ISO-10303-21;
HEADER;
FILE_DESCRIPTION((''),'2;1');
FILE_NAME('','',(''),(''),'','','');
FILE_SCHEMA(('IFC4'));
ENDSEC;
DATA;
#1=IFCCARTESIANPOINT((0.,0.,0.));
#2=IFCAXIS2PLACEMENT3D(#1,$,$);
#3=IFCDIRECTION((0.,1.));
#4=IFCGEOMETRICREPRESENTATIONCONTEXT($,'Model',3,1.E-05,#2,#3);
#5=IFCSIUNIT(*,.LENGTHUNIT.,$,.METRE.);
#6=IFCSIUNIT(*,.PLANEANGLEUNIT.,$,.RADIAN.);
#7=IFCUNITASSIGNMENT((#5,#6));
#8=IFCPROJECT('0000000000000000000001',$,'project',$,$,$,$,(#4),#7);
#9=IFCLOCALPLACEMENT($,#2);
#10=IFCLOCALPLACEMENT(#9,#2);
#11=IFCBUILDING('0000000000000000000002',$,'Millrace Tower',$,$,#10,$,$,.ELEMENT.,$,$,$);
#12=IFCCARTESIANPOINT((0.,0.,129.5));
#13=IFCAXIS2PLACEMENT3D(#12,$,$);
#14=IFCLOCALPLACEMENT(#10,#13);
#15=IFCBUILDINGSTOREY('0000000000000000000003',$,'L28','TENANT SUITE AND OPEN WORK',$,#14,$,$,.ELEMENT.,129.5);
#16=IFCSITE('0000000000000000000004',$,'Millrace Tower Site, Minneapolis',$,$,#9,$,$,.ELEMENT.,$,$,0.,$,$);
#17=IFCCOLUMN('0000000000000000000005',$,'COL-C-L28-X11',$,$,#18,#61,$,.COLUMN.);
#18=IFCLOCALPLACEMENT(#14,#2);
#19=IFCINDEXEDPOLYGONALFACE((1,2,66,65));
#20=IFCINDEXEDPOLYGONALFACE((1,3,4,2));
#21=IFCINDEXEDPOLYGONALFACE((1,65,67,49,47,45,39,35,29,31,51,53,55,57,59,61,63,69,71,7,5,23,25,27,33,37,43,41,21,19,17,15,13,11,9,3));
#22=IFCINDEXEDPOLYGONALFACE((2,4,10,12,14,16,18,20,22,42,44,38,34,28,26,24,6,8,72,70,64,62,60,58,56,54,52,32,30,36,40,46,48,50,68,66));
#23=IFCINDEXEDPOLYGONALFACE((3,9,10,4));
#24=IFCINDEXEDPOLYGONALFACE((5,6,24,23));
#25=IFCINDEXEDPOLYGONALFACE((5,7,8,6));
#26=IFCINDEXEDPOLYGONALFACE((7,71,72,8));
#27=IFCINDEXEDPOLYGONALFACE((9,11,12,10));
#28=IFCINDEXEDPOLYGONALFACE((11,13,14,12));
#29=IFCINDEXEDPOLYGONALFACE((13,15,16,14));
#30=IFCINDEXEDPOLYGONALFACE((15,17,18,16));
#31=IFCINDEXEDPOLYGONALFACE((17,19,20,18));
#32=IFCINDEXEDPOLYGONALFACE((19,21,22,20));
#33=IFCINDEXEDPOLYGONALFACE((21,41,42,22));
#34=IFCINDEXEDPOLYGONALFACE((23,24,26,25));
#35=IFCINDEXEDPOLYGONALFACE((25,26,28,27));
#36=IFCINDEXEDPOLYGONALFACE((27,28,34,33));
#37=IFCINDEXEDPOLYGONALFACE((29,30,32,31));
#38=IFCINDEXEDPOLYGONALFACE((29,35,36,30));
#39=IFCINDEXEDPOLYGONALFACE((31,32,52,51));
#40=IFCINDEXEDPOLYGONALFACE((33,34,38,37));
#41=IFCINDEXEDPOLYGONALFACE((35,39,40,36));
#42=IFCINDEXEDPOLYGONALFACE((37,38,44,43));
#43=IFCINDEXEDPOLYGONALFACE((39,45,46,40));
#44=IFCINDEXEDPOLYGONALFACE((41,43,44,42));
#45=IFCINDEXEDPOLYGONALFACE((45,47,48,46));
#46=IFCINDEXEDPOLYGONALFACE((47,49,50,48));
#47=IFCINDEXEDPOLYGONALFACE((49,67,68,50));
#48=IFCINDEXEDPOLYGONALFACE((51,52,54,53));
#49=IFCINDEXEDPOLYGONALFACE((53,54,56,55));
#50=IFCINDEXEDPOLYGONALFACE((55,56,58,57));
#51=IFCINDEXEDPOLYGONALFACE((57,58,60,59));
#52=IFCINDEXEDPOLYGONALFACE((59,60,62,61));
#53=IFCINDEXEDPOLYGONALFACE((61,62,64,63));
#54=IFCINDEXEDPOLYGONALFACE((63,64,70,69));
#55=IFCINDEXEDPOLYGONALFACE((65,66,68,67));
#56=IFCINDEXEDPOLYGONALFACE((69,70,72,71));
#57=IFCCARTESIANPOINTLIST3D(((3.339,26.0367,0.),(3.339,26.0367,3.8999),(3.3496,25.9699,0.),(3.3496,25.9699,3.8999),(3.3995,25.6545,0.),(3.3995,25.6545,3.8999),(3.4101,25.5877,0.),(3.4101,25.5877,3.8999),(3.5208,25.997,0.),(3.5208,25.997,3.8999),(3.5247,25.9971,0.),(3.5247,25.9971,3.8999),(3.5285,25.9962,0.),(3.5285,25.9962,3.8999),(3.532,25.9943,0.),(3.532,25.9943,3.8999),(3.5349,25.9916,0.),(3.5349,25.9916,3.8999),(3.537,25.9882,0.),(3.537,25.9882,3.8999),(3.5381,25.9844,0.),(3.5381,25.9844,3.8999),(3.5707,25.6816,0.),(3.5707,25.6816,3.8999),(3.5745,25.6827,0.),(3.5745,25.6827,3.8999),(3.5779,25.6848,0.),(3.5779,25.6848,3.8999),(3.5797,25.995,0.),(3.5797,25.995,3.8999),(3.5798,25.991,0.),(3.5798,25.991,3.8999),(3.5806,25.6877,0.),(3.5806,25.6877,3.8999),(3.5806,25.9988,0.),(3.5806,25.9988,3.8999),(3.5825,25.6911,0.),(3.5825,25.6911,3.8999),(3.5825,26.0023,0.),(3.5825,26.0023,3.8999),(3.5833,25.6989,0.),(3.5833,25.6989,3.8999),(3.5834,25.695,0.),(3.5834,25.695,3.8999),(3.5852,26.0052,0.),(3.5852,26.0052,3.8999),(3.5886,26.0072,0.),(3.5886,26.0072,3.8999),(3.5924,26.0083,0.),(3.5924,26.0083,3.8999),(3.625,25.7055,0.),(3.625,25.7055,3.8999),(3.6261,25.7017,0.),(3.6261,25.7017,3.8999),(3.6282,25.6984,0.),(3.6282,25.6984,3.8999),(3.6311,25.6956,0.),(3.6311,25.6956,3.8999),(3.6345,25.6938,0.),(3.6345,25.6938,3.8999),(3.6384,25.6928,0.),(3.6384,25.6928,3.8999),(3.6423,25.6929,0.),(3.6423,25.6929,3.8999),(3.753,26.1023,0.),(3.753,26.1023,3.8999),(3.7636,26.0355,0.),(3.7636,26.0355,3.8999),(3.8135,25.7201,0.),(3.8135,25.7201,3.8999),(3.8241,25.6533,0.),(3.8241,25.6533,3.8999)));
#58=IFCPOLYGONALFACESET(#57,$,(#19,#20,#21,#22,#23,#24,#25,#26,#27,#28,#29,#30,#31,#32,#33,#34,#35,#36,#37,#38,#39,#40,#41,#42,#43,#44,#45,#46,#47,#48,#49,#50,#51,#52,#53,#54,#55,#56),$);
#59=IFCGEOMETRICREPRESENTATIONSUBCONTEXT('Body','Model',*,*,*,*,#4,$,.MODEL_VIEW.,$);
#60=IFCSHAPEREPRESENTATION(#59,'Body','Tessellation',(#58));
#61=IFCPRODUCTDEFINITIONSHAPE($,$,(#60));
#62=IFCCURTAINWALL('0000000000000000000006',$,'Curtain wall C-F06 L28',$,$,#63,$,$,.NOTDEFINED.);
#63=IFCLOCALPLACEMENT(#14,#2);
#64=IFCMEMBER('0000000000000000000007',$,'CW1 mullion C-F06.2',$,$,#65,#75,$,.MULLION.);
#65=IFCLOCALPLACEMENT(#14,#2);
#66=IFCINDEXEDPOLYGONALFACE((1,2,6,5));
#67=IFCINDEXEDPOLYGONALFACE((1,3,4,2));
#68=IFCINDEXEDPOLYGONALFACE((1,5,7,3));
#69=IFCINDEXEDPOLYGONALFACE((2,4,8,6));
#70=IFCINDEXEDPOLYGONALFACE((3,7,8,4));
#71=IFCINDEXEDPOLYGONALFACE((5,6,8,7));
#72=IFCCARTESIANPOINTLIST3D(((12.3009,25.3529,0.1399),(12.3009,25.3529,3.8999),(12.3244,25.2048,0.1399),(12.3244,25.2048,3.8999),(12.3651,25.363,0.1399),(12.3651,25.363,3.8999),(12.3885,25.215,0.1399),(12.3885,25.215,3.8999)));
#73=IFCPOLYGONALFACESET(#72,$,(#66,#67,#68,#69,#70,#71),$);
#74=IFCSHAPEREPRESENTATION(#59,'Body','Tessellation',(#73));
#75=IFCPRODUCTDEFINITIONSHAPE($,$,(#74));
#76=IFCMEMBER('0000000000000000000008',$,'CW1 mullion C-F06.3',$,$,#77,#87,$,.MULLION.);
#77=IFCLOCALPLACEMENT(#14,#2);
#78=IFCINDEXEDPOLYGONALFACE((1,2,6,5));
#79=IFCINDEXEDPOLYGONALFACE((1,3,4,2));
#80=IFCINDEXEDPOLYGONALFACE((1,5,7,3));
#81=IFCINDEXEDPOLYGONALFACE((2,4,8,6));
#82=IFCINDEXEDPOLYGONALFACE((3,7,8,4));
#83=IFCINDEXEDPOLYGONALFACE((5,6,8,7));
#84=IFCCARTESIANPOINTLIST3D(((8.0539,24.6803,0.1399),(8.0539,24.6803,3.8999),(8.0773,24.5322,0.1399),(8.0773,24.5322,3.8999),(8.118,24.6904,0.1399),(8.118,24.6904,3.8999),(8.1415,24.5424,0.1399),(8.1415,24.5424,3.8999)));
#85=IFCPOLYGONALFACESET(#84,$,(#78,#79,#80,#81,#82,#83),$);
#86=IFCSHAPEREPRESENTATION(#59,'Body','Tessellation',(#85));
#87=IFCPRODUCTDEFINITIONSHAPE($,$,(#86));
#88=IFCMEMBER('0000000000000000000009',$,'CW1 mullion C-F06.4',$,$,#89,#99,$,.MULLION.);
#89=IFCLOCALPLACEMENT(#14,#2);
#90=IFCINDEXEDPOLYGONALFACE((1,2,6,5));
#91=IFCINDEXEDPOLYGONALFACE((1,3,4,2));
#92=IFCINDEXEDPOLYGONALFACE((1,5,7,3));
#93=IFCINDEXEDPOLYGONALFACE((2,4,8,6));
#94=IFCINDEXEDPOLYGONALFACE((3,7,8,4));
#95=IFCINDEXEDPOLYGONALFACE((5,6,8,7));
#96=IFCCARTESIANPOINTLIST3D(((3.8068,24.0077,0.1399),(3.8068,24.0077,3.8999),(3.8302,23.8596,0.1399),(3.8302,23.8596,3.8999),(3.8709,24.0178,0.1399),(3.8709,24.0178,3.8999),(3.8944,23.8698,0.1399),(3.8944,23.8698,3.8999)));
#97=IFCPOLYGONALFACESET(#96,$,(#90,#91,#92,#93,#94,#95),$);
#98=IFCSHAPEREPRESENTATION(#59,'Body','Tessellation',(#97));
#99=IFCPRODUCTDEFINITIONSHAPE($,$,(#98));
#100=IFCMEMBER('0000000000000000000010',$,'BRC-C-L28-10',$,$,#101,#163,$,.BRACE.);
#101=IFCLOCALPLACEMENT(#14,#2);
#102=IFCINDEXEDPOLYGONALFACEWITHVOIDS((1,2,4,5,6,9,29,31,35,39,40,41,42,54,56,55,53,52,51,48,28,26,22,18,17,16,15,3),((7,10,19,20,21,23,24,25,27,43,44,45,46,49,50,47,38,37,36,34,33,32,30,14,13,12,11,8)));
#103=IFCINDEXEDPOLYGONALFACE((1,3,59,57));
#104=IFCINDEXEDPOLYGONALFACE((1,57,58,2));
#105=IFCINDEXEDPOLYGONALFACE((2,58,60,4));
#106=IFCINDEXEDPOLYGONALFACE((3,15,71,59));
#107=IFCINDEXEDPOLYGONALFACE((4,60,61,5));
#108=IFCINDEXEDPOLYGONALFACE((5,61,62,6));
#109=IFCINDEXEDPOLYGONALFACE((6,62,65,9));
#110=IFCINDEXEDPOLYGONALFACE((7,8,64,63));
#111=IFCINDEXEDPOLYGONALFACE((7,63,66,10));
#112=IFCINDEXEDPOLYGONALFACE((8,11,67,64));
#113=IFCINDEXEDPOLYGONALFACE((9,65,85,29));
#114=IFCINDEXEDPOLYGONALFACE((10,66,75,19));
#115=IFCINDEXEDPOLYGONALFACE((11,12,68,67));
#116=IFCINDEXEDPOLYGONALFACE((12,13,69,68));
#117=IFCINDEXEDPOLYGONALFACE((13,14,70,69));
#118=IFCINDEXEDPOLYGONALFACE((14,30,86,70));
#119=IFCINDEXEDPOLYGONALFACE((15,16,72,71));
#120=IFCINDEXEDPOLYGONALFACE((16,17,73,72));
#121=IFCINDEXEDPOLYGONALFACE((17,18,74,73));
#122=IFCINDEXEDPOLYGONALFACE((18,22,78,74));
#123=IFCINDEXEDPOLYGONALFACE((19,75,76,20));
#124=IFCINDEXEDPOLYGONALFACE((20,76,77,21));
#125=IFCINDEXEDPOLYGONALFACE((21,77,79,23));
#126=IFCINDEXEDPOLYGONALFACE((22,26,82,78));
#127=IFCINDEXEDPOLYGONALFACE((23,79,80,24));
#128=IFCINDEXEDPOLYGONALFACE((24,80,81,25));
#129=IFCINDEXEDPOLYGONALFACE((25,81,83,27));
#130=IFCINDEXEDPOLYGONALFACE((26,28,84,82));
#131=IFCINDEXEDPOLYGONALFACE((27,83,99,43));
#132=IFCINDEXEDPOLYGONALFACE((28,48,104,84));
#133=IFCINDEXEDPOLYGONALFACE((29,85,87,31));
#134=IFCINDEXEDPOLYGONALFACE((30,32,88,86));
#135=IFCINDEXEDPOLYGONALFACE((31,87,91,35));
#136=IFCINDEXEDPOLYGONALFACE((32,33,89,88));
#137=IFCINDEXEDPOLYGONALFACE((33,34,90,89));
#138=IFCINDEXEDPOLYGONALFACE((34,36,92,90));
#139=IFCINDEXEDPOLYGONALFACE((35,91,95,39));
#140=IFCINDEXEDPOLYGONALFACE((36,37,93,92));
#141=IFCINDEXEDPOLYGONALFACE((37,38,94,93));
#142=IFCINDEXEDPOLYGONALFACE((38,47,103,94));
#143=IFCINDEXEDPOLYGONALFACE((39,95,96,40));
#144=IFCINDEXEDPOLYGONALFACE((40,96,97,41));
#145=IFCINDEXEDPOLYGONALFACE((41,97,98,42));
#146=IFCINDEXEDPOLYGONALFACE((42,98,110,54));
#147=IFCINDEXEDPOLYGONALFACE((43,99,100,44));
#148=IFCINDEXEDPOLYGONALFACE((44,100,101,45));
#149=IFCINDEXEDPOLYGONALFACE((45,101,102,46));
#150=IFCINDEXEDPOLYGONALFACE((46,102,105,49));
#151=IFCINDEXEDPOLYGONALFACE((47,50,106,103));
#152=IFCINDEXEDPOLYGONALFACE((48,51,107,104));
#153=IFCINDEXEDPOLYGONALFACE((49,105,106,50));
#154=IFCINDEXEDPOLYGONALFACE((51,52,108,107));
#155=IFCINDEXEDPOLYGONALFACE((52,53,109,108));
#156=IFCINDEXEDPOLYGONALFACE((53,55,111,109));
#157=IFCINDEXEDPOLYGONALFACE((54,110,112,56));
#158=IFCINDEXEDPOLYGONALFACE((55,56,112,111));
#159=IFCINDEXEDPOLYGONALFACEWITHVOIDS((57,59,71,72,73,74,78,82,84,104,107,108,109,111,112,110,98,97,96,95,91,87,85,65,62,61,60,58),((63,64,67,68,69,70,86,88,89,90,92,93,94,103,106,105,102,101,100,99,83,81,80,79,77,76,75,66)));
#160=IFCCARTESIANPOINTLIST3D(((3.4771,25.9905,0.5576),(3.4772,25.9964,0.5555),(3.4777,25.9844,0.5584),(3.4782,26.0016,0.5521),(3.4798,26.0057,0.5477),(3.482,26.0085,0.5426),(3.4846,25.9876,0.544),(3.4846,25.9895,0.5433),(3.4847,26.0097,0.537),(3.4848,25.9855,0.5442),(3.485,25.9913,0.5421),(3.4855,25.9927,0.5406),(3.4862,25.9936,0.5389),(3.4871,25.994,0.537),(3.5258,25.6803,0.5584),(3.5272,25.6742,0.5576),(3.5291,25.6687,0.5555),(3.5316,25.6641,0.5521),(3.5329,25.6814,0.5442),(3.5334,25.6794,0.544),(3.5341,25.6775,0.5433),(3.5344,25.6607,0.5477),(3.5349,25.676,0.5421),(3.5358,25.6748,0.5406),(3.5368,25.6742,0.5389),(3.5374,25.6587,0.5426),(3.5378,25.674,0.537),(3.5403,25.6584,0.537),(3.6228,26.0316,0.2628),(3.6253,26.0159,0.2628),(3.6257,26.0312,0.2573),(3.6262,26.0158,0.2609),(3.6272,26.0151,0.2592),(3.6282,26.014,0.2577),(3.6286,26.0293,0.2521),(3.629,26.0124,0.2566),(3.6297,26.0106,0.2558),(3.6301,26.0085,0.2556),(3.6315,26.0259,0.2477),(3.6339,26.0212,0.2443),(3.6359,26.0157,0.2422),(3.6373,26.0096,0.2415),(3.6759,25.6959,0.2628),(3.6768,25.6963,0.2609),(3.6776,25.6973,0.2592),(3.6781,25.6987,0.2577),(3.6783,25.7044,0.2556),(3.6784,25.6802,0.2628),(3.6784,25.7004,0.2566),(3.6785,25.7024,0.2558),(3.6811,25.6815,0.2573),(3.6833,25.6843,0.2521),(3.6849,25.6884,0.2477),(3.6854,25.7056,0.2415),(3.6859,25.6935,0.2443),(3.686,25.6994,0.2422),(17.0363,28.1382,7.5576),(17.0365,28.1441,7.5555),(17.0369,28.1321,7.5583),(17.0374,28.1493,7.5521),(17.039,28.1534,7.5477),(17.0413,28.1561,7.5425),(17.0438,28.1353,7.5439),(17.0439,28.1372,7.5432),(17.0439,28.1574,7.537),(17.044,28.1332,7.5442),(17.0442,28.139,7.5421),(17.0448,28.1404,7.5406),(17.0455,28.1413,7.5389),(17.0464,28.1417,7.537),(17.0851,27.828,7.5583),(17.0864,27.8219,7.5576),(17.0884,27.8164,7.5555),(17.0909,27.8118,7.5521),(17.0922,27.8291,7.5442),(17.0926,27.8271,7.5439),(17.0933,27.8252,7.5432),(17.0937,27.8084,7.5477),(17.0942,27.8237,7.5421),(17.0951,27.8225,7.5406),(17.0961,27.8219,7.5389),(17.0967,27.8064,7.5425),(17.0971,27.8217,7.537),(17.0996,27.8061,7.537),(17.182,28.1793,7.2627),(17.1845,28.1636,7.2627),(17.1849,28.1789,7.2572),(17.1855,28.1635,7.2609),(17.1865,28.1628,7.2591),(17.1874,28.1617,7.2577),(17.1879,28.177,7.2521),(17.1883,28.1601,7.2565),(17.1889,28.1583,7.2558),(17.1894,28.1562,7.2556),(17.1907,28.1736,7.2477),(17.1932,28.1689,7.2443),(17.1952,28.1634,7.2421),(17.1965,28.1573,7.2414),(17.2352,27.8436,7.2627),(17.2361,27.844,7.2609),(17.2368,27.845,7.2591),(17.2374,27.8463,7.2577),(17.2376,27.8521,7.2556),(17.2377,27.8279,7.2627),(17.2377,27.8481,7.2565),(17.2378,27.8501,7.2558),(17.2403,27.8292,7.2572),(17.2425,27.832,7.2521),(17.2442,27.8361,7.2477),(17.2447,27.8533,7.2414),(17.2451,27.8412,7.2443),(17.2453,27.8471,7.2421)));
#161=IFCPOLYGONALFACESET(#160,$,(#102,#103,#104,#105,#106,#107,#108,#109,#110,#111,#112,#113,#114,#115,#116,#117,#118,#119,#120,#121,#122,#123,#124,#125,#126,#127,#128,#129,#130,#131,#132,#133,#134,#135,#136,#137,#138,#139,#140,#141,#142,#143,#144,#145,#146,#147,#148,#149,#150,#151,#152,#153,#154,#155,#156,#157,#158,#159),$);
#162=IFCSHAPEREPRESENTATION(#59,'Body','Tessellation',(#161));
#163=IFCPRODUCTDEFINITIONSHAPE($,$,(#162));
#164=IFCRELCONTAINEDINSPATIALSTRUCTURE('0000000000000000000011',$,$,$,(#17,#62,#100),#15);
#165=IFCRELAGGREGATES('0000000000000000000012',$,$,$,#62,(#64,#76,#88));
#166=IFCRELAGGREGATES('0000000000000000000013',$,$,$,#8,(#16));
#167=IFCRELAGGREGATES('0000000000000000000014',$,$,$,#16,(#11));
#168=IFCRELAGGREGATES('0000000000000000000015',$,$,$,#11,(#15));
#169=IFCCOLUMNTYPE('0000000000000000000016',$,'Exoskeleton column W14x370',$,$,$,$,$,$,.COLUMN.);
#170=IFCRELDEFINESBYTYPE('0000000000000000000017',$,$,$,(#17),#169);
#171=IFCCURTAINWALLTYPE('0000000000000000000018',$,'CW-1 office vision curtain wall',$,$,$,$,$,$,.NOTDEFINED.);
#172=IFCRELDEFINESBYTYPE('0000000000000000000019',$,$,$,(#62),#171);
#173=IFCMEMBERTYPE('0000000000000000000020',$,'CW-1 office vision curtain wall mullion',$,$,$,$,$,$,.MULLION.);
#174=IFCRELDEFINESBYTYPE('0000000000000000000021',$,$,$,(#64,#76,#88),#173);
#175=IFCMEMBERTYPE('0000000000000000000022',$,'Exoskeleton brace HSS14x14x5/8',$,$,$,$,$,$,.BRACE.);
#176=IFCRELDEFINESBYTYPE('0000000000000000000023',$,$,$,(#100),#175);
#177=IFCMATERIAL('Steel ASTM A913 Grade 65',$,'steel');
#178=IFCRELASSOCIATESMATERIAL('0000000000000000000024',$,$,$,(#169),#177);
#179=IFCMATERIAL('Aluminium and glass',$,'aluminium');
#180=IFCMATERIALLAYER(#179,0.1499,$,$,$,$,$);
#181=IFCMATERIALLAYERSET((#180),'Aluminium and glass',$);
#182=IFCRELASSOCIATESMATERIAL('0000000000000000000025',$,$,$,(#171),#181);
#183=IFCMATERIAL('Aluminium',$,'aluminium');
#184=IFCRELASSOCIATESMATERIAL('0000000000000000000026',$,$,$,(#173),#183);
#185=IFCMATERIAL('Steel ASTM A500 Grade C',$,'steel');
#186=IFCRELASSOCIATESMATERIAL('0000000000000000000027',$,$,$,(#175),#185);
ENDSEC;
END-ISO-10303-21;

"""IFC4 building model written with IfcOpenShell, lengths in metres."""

from ifc_helpers import new_model, si_unit, direction, frame, origin, origin_2d, place, context, subcontext, project, spatial, rectangle, hollow_rectangle, i_section, extrude, material, layer, layer_set, material_profile, profile_set, type_object, element, aggregate, save


model = new_model("IFC4")

# Units and contexts
model_context = context("Model", 3, precision=1e-05, world=origin(), true_north=direction((0.0, 1.0)))
body_context = subcontext(model_context, "Body", "Model", "MODEL_VIEW")
ifc_project = project(units=[si_unit("LENGTHUNIT", "METRE"), si_unit("PLANEANGLEUNIT", "RADIAN")], contexts=[model_context])

# Site, building, storey
site_placement = place(None, origin())
site = spatial("IfcSite", under=ifc_project, at=site_placement, Name="Millrace Tower Site, Minneapolis", CompositionType="ELEMENT", RefElevation=0.0)
building_placement = place(site_placement, origin())
building = spatial("IfcBuilding", under=site, at=building_placement, Name="Millrace Tower", CompositionType="ELEMENT")
storey_placement = place(building_placement, frame((0.0, 0.0, 129.5)))
storey = spatial("IfcBuildingStorey", under=building, at=storey_placement, Name="L28", Description="TENANT SUITE AND OPEN WORK", CompositionType="ELEMENT", Elevation=129.5)

# Column
ifc_material_1 = material(Name="Steel ASTM A913 Grade 65", Category="steel")
ifc_material_profile_1 = material_profile(ifc_material_1, i_section(OverallWidth=0.4192, OverallDepth=0.4546, WebThickness=0.0422, FlangeThickness=0.0676, FilletRadius=0.0151, at=origin_2d()))
ifc_profile_set_1 = profile_set([ifc_material_profile_1], Name="Steel ASTM A913 Grade 65")
column_type = type_object("IfcColumnType", Name="Exoskeleton column W14x370", PredefinedType="COLUMN", material=ifc_profile_set_1)
column_placement = place(storey_placement, frame((3.5815, 25.845, 0.0), z_axis=(0.0, 0.0, 1.0), x_axis=(-0.987688, -0.156434, 0.0)))
element("IfcColumn", 1, at=column_placement, inside=storey, type_object=column_type, Name="COL-C-L28-X11", PredefinedType="COLUMN", context=body_context, shape_type="SweptSolid", body=[
    extrude(i_section(OverallWidth=0.4192, OverallDepth=0.4546, WebThickness=0.0422, FlangeThickness=0.0676, FilletRadius=0.0151, at=origin_2d()), origin(), (0.0, 0.0, 1.0), 3.8999),
])

# Curtain wall, members
ifc_material_2 = material(Name="Aluminium and glass", Category="aluminium")
ifc_layer_1 = layer(ifc_material_2, 0.1499)
ifc_layer_set_1 = layer_set([ifc_layer_1], Name="Aluminium and glass")
curtain_wall_type = type_object("IfcCurtainWallType", Name="CW-1 office vision curtain wall", PredefinedType="NOTDEFINED", material=ifc_layer_set_1)
curtain_wall_placement = place(storey_placement, origin())
curtain_wall = element("IfcCurtainWall", 2, at=curtain_wall_placement, inside=storey, type_object=curtain_wall_type, Name="Curtain wall C-F06 L28", PredefinedType="NOTDEFINED")
ifc_material_3 = material(Name="Aluminium", Category="aluminium")
ifc_material_profile_2 = material_profile(ifc_material_3, rectangle(XDim=0.0649, YDim=0.1499, at=origin_2d()))
ifc_profile_set_2 = profile_set([ifc_material_profile_2], Name="Aluminium")
member_type_1 = type_object("IfcMemberType", Name="CW-1 office vision curtain wall mullion", PredefinedType="MULLION", material=ifc_profile_set_2)
member_1_placement = place(storey_placement, frame((12.3447, 25.2839, 0.1399), z_axis=(0.0, 0.0, 1.0), x_axis=(-0.987688, -0.156434, 0.0)))
member_1 = element("IfcMember", 3, at=member_1_placement, type_object=member_type_1, Name="CW1 mullion C-F06.2", PredefinedType="MULLION", context=body_context, shape_type="SweptSolid", body=[
    extrude(rectangle(XDim=0.0649, YDim=0.1499, at=origin_2d()), origin(), (0.0, 0.0, 1.0), 3.76),
])
member_2_placement = place(storey_placement, frame((8.0977, 24.6113, 0.1399), z_axis=(0.0, 0.0, 1.0), x_axis=(-0.987688, -0.156434, 0.0)))
member_2 = element("IfcMember", 4, at=member_2_placement, type_object=member_type_1, Name="CW1 mullion C-F06.3", PredefinedType="MULLION", context=body_context, shape_type="SweptSolid", body=[
    extrude(rectangle(XDim=0.0649, YDim=0.1499, at=origin_2d()), origin(), (0.0, 0.0, 1.0), 3.76),
])
member_3_placement = place(storey_placement, frame((3.8506, 23.9387, 0.1399), z_axis=(0.0, 0.0, 1.0), x_axis=(-0.987688, -0.156434, 0.0)))
member_3 = element("IfcMember", 5, at=member_3_placement, type_object=member_type_1, Name="CW1 mullion C-F06.4", PredefinedType="MULLION", context=body_context, shape_type="SweptSolid", body=[
    extrude(rectangle(XDim=0.0649, YDim=0.1499, at=origin_2d()), origin(), (0.0, 0.0, 1.0), 3.76),
])
aggregate(curtain_wall, [member_1, member_2, member_3])

# Member
ifc_material_4 = material(Name="Steel ASTM A500 Grade C", Category="steel")
ifc_material_profile_3 = material_profile(ifc_material_4, hollow_rectangle(XDim=0.3557, YDim=0.3557, WallThickness=0.0159, InnerFilletRadius=0.0081, OuterFilletRadius=0.0239, at=origin_2d()))
ifc_profile_set_3 = profile_set([ifc_material_profile_3], Name="Steel ASTM A500 Grade C")
member_type_2 = type_object("IfcMemberType", Name="Exoskeleton brace HSS14x14x5/8", PredefinedType="BRACE", material=ifc_profile_set_3)
member_4_placement = place(storey_placement, frame((3.5815, 25.845, 0.3999), z_axis=(0.879905, 0.139371, 0.454251), x_axis=(-0.156443, 0.987687, 0.0)))
element("IfcMember", 6, at=member_4_placement, inside=storey, type_object=member_type_2, Name="BRC-C-L28-10", PredefinedType="BRACE", context=body_context, shape_type="SweptSolid", body=[
    extrude(hollow_rectangle(XDim=0.3557, YDim=0.3557, WallThickness=0.0159, InnerFilletRadius=0.0081, OuterFilletRadius=0.0239, at=origin_2d()), origin(), (0.0, 0.0, 1.0), 15.4099),
])

save(model, "model.ifc")
